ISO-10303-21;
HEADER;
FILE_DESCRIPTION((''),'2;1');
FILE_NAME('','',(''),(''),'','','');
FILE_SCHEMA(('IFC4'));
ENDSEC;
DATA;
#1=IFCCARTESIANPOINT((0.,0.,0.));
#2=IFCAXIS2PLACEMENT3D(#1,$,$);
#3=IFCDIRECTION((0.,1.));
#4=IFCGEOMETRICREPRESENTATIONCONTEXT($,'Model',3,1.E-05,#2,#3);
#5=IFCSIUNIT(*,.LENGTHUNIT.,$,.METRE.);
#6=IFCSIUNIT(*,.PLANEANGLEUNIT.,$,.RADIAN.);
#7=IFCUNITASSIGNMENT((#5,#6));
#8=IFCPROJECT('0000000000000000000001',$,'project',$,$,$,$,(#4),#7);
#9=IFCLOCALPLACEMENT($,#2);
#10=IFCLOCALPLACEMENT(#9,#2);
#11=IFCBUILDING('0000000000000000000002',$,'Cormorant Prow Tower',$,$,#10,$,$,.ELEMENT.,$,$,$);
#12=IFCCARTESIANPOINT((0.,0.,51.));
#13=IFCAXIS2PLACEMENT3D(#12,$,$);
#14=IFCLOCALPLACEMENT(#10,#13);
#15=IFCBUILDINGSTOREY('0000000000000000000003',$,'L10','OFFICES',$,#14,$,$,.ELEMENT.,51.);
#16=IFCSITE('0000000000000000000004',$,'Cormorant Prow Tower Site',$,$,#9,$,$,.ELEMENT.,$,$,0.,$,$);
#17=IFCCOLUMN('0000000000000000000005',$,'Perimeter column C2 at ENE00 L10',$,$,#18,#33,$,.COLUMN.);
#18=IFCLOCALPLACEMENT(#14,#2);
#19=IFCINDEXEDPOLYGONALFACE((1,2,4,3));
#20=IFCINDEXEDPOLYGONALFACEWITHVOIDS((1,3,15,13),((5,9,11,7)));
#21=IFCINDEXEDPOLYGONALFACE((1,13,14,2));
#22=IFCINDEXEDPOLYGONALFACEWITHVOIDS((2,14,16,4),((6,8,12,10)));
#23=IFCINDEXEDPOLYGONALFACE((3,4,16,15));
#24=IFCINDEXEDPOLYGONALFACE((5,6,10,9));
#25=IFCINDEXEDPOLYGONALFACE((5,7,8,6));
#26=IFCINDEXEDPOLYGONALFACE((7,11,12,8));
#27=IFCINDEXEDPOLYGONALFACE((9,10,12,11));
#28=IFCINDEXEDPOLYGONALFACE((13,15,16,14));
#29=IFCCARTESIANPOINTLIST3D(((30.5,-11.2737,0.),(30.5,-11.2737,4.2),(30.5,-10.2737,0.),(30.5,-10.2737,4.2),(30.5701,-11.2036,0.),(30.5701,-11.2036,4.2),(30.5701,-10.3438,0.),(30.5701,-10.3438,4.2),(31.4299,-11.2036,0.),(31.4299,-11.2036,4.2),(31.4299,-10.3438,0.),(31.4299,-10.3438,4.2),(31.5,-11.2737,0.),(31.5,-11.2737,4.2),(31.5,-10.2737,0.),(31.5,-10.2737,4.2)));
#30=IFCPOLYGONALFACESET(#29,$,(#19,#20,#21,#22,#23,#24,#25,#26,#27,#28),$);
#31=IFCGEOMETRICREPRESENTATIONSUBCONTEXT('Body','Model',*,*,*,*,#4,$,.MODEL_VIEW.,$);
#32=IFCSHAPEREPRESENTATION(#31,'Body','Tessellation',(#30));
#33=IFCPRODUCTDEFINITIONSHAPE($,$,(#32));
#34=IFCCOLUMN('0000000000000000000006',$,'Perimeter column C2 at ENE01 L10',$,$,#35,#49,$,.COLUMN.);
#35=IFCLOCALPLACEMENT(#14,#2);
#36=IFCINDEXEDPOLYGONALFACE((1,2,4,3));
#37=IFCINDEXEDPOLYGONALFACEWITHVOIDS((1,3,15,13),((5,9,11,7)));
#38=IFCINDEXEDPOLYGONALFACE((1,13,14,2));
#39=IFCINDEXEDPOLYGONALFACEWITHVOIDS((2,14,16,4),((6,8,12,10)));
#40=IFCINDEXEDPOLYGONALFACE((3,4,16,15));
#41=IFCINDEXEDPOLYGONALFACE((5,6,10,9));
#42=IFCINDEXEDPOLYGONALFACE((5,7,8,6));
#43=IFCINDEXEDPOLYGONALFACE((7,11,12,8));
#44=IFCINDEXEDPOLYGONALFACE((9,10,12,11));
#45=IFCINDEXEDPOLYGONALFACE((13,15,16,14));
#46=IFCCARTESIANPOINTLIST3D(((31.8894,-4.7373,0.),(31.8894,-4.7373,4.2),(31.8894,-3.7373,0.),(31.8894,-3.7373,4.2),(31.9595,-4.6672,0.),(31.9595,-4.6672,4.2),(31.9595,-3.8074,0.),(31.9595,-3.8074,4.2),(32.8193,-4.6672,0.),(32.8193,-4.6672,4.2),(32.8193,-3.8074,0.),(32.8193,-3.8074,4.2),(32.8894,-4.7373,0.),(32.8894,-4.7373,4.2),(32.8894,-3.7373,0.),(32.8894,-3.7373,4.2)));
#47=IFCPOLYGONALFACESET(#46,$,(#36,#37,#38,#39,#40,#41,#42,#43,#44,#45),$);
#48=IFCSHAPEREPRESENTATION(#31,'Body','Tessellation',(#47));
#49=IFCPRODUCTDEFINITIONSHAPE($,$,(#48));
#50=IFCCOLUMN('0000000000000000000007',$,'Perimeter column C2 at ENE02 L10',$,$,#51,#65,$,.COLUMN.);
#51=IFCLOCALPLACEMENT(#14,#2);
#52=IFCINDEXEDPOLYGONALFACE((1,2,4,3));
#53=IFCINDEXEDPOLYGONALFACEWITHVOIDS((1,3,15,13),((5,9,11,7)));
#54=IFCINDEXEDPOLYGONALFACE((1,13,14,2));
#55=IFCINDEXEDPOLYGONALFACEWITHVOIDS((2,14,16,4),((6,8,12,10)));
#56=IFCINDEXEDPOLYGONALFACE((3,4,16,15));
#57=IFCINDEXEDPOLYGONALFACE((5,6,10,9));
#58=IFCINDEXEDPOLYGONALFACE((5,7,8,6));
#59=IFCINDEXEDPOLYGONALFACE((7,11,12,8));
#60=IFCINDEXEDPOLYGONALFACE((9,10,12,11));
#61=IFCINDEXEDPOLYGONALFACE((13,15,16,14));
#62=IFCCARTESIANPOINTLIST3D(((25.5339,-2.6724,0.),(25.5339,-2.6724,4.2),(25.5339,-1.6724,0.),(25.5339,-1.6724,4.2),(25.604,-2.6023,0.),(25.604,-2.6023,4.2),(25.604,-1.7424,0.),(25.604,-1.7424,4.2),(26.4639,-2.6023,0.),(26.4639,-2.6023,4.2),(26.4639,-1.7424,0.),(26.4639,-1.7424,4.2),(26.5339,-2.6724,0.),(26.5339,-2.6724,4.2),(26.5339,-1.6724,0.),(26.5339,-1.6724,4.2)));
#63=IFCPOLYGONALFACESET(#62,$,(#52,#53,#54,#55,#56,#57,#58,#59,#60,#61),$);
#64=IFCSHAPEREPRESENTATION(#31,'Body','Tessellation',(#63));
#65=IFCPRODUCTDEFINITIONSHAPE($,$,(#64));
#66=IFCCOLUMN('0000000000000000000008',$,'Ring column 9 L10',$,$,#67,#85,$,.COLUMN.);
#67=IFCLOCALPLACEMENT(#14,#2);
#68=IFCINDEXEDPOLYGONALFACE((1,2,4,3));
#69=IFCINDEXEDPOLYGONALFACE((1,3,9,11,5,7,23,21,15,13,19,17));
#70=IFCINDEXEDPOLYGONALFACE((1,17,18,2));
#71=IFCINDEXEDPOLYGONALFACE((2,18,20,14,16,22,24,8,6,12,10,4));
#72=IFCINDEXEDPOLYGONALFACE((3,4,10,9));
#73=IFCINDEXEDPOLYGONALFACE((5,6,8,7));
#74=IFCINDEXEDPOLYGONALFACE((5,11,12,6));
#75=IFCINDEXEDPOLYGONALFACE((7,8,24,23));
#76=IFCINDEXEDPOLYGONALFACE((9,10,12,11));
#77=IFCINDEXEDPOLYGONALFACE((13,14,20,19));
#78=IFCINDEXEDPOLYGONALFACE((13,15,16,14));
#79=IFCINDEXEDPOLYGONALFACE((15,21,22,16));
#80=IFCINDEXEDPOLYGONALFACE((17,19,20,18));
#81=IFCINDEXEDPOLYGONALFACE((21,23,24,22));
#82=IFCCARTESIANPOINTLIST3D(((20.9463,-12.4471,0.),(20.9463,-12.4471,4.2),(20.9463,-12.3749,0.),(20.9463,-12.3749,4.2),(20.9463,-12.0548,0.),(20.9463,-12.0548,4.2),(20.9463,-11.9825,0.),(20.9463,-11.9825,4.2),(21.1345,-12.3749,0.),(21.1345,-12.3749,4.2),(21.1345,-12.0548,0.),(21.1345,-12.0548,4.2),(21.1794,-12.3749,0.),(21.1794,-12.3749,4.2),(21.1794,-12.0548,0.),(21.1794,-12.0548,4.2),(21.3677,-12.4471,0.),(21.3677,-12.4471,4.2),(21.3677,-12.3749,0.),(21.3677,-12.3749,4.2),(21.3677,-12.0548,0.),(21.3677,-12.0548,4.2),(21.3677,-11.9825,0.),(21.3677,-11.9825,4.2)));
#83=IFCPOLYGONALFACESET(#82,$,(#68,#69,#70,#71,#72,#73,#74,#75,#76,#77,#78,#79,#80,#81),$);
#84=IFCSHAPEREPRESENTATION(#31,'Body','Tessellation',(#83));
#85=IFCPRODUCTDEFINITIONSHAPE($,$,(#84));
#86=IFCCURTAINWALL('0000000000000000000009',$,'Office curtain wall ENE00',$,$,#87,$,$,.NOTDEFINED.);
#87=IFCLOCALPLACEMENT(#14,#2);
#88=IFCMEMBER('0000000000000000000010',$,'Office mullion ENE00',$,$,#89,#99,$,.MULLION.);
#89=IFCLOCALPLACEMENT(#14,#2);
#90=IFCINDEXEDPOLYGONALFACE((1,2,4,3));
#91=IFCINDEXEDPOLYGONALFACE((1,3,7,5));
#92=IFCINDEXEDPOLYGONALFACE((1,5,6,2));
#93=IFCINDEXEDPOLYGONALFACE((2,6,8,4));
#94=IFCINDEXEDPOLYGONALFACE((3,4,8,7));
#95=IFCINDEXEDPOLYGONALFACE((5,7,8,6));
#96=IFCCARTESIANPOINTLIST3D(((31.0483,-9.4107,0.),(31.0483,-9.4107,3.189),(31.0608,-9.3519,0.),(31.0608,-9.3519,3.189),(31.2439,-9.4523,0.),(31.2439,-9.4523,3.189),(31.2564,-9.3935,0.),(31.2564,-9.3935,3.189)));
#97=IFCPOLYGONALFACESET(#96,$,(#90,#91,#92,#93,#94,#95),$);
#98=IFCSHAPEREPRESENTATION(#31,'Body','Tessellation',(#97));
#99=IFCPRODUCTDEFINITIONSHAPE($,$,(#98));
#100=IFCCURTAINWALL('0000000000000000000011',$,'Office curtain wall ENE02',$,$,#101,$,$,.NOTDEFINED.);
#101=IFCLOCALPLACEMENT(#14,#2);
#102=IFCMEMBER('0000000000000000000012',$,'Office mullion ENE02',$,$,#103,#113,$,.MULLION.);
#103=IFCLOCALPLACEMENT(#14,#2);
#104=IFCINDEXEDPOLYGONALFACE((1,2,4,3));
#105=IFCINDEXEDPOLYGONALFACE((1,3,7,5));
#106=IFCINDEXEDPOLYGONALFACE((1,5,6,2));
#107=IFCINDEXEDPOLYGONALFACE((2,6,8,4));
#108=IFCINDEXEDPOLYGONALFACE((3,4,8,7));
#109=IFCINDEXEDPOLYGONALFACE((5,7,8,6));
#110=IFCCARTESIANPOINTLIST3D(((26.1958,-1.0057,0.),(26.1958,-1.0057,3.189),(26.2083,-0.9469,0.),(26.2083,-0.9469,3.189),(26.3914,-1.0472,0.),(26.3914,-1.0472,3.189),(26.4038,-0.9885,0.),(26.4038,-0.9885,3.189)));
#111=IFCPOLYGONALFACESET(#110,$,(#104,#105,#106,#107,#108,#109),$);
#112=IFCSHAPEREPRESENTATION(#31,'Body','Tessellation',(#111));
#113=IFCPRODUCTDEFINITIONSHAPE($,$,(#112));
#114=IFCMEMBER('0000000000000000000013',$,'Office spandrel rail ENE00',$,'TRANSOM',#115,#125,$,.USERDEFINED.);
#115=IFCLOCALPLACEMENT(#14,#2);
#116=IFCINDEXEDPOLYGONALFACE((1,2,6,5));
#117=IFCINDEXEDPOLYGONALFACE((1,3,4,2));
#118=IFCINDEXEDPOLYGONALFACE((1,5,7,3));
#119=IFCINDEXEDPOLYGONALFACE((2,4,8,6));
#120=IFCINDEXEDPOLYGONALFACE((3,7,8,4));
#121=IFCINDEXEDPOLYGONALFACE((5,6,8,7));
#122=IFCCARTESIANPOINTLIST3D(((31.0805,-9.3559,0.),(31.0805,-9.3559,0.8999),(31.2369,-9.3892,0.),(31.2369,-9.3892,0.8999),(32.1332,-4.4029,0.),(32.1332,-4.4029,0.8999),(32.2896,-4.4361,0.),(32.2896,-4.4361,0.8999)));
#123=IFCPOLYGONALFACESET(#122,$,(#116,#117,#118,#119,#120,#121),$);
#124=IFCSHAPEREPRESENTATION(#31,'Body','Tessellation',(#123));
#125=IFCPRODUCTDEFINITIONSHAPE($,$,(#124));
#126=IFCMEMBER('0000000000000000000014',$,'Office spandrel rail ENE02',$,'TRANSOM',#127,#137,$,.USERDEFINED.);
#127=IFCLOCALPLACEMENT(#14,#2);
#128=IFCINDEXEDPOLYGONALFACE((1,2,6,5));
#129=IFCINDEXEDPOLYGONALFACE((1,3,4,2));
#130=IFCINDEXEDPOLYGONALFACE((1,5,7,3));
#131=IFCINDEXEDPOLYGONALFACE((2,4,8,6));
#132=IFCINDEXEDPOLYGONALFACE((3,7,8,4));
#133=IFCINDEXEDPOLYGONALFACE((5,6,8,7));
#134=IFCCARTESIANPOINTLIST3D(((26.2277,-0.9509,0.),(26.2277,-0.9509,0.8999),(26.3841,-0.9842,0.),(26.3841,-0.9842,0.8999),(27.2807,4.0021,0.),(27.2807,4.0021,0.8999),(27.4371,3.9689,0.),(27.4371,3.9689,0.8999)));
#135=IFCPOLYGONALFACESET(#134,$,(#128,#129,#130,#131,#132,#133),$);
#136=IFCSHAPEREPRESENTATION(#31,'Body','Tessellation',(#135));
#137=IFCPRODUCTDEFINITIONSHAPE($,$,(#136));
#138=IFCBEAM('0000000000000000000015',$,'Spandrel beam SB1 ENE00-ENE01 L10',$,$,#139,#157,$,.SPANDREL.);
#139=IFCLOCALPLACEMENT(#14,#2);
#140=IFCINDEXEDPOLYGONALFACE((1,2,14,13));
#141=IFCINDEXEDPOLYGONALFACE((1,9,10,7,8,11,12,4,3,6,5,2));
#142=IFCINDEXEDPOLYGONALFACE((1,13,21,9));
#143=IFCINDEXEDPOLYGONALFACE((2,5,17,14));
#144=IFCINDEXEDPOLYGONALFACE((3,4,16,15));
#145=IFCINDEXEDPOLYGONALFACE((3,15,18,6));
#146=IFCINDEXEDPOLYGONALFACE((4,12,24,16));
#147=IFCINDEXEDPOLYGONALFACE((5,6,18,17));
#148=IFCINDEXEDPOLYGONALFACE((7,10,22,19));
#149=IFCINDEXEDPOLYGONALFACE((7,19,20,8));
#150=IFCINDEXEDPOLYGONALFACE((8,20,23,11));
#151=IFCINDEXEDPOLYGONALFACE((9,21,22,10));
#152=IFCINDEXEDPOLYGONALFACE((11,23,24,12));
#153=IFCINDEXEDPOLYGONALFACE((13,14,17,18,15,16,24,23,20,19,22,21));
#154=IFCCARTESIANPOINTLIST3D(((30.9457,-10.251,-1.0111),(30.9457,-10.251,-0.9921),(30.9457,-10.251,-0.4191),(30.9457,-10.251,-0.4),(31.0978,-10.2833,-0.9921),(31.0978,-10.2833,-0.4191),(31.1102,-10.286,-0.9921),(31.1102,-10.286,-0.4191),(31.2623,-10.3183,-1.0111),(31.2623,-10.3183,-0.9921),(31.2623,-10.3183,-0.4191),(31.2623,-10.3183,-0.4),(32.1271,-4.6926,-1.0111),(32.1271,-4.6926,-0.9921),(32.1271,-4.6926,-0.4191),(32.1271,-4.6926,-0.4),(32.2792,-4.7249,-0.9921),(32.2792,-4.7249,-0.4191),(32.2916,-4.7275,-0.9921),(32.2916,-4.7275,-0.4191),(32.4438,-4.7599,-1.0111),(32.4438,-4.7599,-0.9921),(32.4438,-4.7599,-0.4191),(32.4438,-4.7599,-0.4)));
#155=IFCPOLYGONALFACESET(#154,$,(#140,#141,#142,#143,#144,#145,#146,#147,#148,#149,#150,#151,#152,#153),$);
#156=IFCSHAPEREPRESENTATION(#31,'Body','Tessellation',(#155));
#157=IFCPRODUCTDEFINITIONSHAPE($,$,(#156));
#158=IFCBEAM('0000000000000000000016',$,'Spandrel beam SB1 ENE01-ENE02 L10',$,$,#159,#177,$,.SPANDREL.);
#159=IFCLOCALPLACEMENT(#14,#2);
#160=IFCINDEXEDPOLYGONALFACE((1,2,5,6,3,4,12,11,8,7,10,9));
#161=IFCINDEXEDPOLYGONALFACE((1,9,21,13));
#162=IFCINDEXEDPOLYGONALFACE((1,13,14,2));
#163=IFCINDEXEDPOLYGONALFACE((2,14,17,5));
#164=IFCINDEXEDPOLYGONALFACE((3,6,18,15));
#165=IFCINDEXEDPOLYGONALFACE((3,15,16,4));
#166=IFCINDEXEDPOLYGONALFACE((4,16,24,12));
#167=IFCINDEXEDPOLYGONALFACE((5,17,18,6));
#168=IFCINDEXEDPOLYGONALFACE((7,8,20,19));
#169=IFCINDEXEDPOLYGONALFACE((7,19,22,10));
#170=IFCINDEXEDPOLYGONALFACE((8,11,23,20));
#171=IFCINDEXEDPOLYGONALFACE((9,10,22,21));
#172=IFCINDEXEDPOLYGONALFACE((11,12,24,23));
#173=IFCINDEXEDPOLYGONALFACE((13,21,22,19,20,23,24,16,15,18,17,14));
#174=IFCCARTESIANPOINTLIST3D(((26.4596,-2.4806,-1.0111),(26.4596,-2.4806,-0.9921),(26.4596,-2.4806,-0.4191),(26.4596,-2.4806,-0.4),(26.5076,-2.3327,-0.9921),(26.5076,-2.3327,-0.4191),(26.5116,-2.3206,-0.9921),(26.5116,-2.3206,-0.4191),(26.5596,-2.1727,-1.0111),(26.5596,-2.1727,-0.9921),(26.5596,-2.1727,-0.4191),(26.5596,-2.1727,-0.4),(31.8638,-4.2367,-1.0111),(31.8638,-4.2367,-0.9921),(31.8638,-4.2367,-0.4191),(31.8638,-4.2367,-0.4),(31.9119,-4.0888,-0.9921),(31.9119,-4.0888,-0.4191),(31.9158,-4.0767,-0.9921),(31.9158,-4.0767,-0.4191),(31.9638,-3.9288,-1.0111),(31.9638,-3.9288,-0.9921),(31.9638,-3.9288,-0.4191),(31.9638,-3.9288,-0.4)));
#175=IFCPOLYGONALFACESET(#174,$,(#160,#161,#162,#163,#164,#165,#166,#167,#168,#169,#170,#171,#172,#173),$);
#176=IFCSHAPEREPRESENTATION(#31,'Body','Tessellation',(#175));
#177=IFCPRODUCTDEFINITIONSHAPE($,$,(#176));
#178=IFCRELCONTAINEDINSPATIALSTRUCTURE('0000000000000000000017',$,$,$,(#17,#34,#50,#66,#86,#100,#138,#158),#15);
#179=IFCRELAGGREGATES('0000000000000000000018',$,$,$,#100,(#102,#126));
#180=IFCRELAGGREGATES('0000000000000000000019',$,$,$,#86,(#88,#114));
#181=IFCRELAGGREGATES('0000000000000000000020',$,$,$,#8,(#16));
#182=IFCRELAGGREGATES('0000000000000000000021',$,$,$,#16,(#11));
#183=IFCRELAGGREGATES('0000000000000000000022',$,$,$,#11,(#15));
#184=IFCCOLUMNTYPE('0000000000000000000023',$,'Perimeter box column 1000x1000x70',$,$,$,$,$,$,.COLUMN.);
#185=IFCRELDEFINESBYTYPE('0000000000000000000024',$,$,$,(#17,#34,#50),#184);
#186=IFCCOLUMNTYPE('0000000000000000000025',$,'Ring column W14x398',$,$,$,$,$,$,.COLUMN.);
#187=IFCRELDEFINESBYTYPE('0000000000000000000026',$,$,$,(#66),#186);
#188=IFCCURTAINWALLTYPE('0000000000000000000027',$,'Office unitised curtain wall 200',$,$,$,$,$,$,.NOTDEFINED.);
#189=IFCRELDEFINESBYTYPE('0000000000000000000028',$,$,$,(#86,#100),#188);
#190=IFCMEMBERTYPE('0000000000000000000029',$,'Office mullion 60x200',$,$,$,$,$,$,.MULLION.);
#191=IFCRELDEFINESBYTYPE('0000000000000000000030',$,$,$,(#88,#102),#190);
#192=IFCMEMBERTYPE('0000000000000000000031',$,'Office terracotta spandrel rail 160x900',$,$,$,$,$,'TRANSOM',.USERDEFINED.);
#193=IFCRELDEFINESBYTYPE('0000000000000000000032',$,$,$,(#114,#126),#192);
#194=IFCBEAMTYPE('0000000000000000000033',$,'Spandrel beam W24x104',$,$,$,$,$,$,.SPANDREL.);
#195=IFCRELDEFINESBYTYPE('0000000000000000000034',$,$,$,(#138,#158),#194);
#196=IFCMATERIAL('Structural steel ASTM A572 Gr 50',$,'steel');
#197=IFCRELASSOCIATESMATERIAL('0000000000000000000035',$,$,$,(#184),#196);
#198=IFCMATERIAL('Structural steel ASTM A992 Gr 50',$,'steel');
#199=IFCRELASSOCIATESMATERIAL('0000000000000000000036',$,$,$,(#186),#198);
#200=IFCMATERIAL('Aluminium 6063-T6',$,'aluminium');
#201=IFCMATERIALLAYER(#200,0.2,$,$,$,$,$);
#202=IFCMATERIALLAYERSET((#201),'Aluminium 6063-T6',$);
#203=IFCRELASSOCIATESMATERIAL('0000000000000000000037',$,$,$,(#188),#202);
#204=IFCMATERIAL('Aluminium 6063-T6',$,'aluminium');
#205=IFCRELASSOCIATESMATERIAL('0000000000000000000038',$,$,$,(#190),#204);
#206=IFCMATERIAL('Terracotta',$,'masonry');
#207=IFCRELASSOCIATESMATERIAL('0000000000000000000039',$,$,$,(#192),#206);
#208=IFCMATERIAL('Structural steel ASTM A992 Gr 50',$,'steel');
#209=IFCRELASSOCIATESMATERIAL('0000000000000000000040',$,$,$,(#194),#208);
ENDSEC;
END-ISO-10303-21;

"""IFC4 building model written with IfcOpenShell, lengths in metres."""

from ifc_helpers import new_model, si_unit, direction, frame, origin, origin_2d, place, context, subcontext, project, spatial, rectangle, hollow_rectangle, i_section, extrude, material, layer, layer_set, material_profile, profile_set, type_object, element, aggregate, save


model = new_model("IFC4")

# Units and contexts
model_context = context("Model", 3, precision=1e-05, world=origin(), true_north=direction((0.0, 1.0)))
body_context = subcontext(model_context, "Body", "Model", "MODEL_VIEW")
ifc_project = project(units=[si_unit("LENGTHUNIT", "METRE"), si_unit("PLANEANGLEUNIT", "RADIAN")], contexts=[model_context])

# Site, building, storey
site_placement = place(None, origin())
site = spatial("IfcSite", under=ifc_project, at=site_placement, Name="Cormorant Prow Tower Site", CompositionType="ELEMENT", RefElevation=0.0)
building_placement = place(site_placement, origin())
building = spatial("IfcBuilding", under=site, at=building_placement, Name="Cormorant Prow Tower", CompositionType="ELEMENT")
storey_placement = place(building_placement, frame((0.0, 0.0, 51.0)))
storey = spatial("IfcBuildingStorey", under=building, at=storey_placement, Name="L10", Description="OFFICES", CompositionType="ELEMENT", Elevation=51.0)

# Columns
ifc_material_1 = material(Name="Structural steel ASTM A572 Gr 50", Category="steel")
ifc_material_profile_1 = material_profile(ifc_material_1, hollow_rectangle(XDim=1.0, YDim=1.0, WallThickness=0.0701, at=origin_2d()), Name="Box 1000x1000x70")
ifc_profile_set_1 = profile_set([ifc_material_profile_1], Name="Structural steel ASTM A572 Gr 50")
column_type_1 = type_object("IfcColumnType", Name="Perimeter box column 1000x1000x70", PredefinedType="COLUMN", material=ifc_profile_set_1)
for number, where, z_axis, x_axis, name in (
    (1, (31.0, -10.7737, 0.0), (0.0, 0.0, 1.0), (1.0, 0.0, 0.0), "Perimeter column C2 at ENE00 L10"),
    (2, (32.3894, -4.2373, 0.0), (0.0, 0.0, 1.0), (1.0, 0.0, 0.0), "Perimeter column C2 at ENE01 L10"),
    (3, (26.0339, -2.1724, 0.0), (0.0, 0.0, 1.0), (1.0, 0.0, 0.0), "Perimeter column C2 at ENE02 L10"),
):
    element("IfcColumn", number, at=place(storey_placement, frame(where, z_axis=z_axis, x_axis=x_axis)), inside=storey, type_object=column_type_1, Name=name, PredefinedType="COLUMN", context=body_context, shape_type="SweptSolid", body=[
        extrude(hollow_rectangle(XDim=1.0, YDim=1.0, WallThickness=0.0701, at=origin_2d()), origin(), (0.0, 0.0, 1.0), 4.2),
    ])
ifc_material_2 = material(Name="Structural steel ASTM A992 Gr 50", Category="steel")
ifc_material_profile_2 = material_profile(ifc_material_2, i_section(OverallWidth=0.4214, OverallDepth=0.4646, WebThickness=0.0449, FlangeThickness=0.0723, at=origin_2d()), Name="W14x398")
ifc_profile_set_2 = profile_set([ifc_material_profile_2], Name="Structural steel ASTM A992 Gr 50")
column_type_2 = type_object("IfcColumnType", Name="Ring column W14x398", PredefinedType="COLUMN", material=ifc_profile_set_2)
column_placement = place(storey_placement, frame((21.157, -12.2148, 0.0), z_axis=(0.0, 0.0, 1.0), x_axis=(1.0, 0.0, 0.0)))
element("IfcColumn", 4, at=column_placement, inside=storey, type_object=column_type_2, Name="Ring column 9 L10", PredefinedType="COLUMN", context=body_context, shape_type="SweptSolid", body=[
    extrude(i_section(OverallWidth=0.4214, OverallDepth=0.4646, WebThickness=0.0449, FlangeThickness=0.0723, at=origin_2d()), origin(), (0.0, 0.0, 1.0), 4.2),
])

# Curtain walls, members
ifc_material_3 = material(Name="Aluminium 6063-T6", Category="aluminium")
ifc_layer_1 = layer(ifc_material_3, 0.2)
ifc_layer_set_1 = layer_set([ifc_layer_1], Name="Aluminium 6063-T6")
curtain_wall_type = type_object("IfcCurtainWallType", Name="Office unitised curtain wall 200", PredefinedType="NOTDEFINED", material=ifc_layer_set_1)
curtain_wall_1_placement = place(storey_placement, origin())
curtain_wall_1 = element("IfcCurtainWall", 5, at=curtain_wall_1_placement, inside=storey, type_object=curtain_wall_type, Name="Office curtain wall ENE00", PredefinedType="NOTDEFINED")
ifc_material_4 = material(Name="Aluminium 6063-T6", Category="aluminium")
ifc_material_profile_3 = material_profile(ifc_material_4, rectangle(XDim=0.2, YDim=0.0601, at=origin_2d()), Name="Office mullion 60x200")
ifc_profile_set_3 = profile_set([ifc_material_profile_3], Name="Aluminium 6063-T6")
member_type_1 = type_object("IfcMemberType", Name="Office mullion 60x200", PredefinedType="MULLION", material=ifc_profile_set_3)
member_1_placement = place(storey_placement, frame((31.1523, -9.4021, 0.0), z_axis=(0.0, 0.0, 1.0), x_axis=(-0.978148, 0.207912, 0.0)))
member_1 = element("IfcMember", 6, at=member_1_placement, type_object=member_type_1, Name="Office mullion ENE00", PredefinedType="MULLION", context=body_context, shape_type="SweptSolid", body=[
    extrude(rectangle(XDim=0.2, YDim=0.0601, at=origin_2d()), origin(), (0.0, 0.0, 1.0), 3.189),
])
curtain_wall_2_placement = place(storey_placement, origin())
curtain_wall_2 = element("IfcCurtainWall", 7, at=curtain_wall_2_placement, inside=storey, type_object=curtain_wall_type, Name="Office curtain wall ENE02", PredefinedType="NOTDEFINED")
member_2_placement = place(storey_placement, frame((26.2998, -0.9971, 0.0), z_axis=(0.0, 0.0, 1.0), x_axis=(-0.978148, 0.207912, 0.0)))
member_2 = element("IfcMember", 8, at=member_2_placement, type_object=member_type_1, Name="Office mullion ENE02", PredefinedType="MULLION", context=body_context, shape_type="SweptSolid", body=[
    extrude(rectangle(XDim=0.2, YDim=0.0601, at=origin_2d()), origin(), (0.0, 0.0, 1.0), 3.189),
])

# Members
ifc_material_5 = material(Name="Terracotta", Category="masonry")
ifc_material_profile_4 = material_profile(ifc_material_5, rectangle(XDim=0.1599, YDim=0.8999, at=origin_2d()), Name="Office terracotta spandrel rail 160x900")
ifc_profile_set_4 = profile_set([ifc_material_profile_4], Name="Terracotta")
member_type_2 = type_object("IfcMemberType", Name="Office terracotta spandrel rail 160x900", ElementType="TRANSOM", PredefinedType="USERDEFINED", material=ifc_profile_set_4)
member_3_placement = place(storey_placement, frame((31.1587, -9.3726, 0.45), z_axis=(0.207896, 0.978151, 0.0), x_axis=(-0.978151, 0.207896, 0.0)))
member_3 = element("IfcMember", 9, at=member_3_placement, type_object=member_type_2, Name="Office spandrel rail ENE00", ObjectType="TRANSOM", PredefinedType="USERDEFINED", context=body_context, shape_type="SweptSolid", body=[
    extrude(rectangle(XDim=0.1599, YDim=0.8999, at=origin_2d()), origin(), (0.0, 0.0, 1.0), 5.0637),
])
member_4_placement = place(storey_placement, frame((26.3059, -0.9675, 0.45), z_axis=(0.207942, 0.978141, 0.0), x_axis=(-0.978141, 0.207942, 0.0)))
member_4 = element("IfcMember", 10, at=member_4_placement, type_object=member_type_2, Name="Office spandrel rail ENE02", ObjectType="TRANSOM", PredefinedType="USERDEFINED", context=body_context, shape_type="SweptSolid", body=[
    extrude(rectangle(XDim=0.1599, YDim=0.8999, at=origin_2d()), origin(), (0.0, 0.0, 1.0), 5.0637),
])
aggregate(curtain_wall_2, [member_2, member_4])

# Beams
ifc_material_6 = material(Name="Structural steel ASTM A992 Gr 50", Category="steel")
ifc_material_profile_5 = material_profile(ifc_material_6, i_section(OverallWidth=0.3237, OverallDepth=0.6111, WebThickness=0.0127, FlangeThickness=0.019, at=origin_2d()), Name="W24x104")
ifc_profile_set_5 = profile_set([ifc_material_profile_5], Name="Structural steel ASTM A992 Gr 50")
beam_type = type_object("IfcBeamType", Name="Spandrel beam W24x104", PredefinedType="SPANDREL", material=ifc_profile_set_5)
beam_1_placement = place(storey_placement, frame((31.104, -10.2847, -0.7056), z_axis=(0.2079, 0.97815, 0.0), x_axis=(-0.97815, 0.2079, 0.0)))
element("IfcBeam", 11, at=beam_1_placement, inside=storey, type_object=beam_type, Name="Spandrel beam SB1 ENE00-ENE01 L10", PredefinedType="SPANDREL", context=body_context, shape_type="SweptSolid", body=[
    extrude(i_section(OverallWidth=0.3237, OverallDepth=0.6111, WebThickness=0.0127, FlangeThickness=0.019, at=origin_2d()), origin(), (0.0, 0.0, 1.0), 5.6826),
])
beam_2_placement = place(storey_placement, frame((31.9138, -4.0828, -0.7056), z_axis=(-0.951049, 0.309039, 0.0), x_axis=(-0.309039, -0.951049, 0.0)))
element("IfcBeam", 12, at=beam_2_placement, inside=storey, type_object=beam_type, Name="Spandrel beam SB1 ENE01-ENE02 L10", PredefinedType="SPANDREL", context=body_context, shape_type="SweptSolid", body=[
    extrude(i_section(OverallWidth=0.3237, OverallDepth=0.6111, WebThickness=0.0127, FlangeThickness=0.019, at=origin_2d()), origin(), (0.0, 0.0, 1.0), 5.6824),
])

aggregate(curtain_wall_1, [member_1, member_3])

save(model, "model.ifc")
